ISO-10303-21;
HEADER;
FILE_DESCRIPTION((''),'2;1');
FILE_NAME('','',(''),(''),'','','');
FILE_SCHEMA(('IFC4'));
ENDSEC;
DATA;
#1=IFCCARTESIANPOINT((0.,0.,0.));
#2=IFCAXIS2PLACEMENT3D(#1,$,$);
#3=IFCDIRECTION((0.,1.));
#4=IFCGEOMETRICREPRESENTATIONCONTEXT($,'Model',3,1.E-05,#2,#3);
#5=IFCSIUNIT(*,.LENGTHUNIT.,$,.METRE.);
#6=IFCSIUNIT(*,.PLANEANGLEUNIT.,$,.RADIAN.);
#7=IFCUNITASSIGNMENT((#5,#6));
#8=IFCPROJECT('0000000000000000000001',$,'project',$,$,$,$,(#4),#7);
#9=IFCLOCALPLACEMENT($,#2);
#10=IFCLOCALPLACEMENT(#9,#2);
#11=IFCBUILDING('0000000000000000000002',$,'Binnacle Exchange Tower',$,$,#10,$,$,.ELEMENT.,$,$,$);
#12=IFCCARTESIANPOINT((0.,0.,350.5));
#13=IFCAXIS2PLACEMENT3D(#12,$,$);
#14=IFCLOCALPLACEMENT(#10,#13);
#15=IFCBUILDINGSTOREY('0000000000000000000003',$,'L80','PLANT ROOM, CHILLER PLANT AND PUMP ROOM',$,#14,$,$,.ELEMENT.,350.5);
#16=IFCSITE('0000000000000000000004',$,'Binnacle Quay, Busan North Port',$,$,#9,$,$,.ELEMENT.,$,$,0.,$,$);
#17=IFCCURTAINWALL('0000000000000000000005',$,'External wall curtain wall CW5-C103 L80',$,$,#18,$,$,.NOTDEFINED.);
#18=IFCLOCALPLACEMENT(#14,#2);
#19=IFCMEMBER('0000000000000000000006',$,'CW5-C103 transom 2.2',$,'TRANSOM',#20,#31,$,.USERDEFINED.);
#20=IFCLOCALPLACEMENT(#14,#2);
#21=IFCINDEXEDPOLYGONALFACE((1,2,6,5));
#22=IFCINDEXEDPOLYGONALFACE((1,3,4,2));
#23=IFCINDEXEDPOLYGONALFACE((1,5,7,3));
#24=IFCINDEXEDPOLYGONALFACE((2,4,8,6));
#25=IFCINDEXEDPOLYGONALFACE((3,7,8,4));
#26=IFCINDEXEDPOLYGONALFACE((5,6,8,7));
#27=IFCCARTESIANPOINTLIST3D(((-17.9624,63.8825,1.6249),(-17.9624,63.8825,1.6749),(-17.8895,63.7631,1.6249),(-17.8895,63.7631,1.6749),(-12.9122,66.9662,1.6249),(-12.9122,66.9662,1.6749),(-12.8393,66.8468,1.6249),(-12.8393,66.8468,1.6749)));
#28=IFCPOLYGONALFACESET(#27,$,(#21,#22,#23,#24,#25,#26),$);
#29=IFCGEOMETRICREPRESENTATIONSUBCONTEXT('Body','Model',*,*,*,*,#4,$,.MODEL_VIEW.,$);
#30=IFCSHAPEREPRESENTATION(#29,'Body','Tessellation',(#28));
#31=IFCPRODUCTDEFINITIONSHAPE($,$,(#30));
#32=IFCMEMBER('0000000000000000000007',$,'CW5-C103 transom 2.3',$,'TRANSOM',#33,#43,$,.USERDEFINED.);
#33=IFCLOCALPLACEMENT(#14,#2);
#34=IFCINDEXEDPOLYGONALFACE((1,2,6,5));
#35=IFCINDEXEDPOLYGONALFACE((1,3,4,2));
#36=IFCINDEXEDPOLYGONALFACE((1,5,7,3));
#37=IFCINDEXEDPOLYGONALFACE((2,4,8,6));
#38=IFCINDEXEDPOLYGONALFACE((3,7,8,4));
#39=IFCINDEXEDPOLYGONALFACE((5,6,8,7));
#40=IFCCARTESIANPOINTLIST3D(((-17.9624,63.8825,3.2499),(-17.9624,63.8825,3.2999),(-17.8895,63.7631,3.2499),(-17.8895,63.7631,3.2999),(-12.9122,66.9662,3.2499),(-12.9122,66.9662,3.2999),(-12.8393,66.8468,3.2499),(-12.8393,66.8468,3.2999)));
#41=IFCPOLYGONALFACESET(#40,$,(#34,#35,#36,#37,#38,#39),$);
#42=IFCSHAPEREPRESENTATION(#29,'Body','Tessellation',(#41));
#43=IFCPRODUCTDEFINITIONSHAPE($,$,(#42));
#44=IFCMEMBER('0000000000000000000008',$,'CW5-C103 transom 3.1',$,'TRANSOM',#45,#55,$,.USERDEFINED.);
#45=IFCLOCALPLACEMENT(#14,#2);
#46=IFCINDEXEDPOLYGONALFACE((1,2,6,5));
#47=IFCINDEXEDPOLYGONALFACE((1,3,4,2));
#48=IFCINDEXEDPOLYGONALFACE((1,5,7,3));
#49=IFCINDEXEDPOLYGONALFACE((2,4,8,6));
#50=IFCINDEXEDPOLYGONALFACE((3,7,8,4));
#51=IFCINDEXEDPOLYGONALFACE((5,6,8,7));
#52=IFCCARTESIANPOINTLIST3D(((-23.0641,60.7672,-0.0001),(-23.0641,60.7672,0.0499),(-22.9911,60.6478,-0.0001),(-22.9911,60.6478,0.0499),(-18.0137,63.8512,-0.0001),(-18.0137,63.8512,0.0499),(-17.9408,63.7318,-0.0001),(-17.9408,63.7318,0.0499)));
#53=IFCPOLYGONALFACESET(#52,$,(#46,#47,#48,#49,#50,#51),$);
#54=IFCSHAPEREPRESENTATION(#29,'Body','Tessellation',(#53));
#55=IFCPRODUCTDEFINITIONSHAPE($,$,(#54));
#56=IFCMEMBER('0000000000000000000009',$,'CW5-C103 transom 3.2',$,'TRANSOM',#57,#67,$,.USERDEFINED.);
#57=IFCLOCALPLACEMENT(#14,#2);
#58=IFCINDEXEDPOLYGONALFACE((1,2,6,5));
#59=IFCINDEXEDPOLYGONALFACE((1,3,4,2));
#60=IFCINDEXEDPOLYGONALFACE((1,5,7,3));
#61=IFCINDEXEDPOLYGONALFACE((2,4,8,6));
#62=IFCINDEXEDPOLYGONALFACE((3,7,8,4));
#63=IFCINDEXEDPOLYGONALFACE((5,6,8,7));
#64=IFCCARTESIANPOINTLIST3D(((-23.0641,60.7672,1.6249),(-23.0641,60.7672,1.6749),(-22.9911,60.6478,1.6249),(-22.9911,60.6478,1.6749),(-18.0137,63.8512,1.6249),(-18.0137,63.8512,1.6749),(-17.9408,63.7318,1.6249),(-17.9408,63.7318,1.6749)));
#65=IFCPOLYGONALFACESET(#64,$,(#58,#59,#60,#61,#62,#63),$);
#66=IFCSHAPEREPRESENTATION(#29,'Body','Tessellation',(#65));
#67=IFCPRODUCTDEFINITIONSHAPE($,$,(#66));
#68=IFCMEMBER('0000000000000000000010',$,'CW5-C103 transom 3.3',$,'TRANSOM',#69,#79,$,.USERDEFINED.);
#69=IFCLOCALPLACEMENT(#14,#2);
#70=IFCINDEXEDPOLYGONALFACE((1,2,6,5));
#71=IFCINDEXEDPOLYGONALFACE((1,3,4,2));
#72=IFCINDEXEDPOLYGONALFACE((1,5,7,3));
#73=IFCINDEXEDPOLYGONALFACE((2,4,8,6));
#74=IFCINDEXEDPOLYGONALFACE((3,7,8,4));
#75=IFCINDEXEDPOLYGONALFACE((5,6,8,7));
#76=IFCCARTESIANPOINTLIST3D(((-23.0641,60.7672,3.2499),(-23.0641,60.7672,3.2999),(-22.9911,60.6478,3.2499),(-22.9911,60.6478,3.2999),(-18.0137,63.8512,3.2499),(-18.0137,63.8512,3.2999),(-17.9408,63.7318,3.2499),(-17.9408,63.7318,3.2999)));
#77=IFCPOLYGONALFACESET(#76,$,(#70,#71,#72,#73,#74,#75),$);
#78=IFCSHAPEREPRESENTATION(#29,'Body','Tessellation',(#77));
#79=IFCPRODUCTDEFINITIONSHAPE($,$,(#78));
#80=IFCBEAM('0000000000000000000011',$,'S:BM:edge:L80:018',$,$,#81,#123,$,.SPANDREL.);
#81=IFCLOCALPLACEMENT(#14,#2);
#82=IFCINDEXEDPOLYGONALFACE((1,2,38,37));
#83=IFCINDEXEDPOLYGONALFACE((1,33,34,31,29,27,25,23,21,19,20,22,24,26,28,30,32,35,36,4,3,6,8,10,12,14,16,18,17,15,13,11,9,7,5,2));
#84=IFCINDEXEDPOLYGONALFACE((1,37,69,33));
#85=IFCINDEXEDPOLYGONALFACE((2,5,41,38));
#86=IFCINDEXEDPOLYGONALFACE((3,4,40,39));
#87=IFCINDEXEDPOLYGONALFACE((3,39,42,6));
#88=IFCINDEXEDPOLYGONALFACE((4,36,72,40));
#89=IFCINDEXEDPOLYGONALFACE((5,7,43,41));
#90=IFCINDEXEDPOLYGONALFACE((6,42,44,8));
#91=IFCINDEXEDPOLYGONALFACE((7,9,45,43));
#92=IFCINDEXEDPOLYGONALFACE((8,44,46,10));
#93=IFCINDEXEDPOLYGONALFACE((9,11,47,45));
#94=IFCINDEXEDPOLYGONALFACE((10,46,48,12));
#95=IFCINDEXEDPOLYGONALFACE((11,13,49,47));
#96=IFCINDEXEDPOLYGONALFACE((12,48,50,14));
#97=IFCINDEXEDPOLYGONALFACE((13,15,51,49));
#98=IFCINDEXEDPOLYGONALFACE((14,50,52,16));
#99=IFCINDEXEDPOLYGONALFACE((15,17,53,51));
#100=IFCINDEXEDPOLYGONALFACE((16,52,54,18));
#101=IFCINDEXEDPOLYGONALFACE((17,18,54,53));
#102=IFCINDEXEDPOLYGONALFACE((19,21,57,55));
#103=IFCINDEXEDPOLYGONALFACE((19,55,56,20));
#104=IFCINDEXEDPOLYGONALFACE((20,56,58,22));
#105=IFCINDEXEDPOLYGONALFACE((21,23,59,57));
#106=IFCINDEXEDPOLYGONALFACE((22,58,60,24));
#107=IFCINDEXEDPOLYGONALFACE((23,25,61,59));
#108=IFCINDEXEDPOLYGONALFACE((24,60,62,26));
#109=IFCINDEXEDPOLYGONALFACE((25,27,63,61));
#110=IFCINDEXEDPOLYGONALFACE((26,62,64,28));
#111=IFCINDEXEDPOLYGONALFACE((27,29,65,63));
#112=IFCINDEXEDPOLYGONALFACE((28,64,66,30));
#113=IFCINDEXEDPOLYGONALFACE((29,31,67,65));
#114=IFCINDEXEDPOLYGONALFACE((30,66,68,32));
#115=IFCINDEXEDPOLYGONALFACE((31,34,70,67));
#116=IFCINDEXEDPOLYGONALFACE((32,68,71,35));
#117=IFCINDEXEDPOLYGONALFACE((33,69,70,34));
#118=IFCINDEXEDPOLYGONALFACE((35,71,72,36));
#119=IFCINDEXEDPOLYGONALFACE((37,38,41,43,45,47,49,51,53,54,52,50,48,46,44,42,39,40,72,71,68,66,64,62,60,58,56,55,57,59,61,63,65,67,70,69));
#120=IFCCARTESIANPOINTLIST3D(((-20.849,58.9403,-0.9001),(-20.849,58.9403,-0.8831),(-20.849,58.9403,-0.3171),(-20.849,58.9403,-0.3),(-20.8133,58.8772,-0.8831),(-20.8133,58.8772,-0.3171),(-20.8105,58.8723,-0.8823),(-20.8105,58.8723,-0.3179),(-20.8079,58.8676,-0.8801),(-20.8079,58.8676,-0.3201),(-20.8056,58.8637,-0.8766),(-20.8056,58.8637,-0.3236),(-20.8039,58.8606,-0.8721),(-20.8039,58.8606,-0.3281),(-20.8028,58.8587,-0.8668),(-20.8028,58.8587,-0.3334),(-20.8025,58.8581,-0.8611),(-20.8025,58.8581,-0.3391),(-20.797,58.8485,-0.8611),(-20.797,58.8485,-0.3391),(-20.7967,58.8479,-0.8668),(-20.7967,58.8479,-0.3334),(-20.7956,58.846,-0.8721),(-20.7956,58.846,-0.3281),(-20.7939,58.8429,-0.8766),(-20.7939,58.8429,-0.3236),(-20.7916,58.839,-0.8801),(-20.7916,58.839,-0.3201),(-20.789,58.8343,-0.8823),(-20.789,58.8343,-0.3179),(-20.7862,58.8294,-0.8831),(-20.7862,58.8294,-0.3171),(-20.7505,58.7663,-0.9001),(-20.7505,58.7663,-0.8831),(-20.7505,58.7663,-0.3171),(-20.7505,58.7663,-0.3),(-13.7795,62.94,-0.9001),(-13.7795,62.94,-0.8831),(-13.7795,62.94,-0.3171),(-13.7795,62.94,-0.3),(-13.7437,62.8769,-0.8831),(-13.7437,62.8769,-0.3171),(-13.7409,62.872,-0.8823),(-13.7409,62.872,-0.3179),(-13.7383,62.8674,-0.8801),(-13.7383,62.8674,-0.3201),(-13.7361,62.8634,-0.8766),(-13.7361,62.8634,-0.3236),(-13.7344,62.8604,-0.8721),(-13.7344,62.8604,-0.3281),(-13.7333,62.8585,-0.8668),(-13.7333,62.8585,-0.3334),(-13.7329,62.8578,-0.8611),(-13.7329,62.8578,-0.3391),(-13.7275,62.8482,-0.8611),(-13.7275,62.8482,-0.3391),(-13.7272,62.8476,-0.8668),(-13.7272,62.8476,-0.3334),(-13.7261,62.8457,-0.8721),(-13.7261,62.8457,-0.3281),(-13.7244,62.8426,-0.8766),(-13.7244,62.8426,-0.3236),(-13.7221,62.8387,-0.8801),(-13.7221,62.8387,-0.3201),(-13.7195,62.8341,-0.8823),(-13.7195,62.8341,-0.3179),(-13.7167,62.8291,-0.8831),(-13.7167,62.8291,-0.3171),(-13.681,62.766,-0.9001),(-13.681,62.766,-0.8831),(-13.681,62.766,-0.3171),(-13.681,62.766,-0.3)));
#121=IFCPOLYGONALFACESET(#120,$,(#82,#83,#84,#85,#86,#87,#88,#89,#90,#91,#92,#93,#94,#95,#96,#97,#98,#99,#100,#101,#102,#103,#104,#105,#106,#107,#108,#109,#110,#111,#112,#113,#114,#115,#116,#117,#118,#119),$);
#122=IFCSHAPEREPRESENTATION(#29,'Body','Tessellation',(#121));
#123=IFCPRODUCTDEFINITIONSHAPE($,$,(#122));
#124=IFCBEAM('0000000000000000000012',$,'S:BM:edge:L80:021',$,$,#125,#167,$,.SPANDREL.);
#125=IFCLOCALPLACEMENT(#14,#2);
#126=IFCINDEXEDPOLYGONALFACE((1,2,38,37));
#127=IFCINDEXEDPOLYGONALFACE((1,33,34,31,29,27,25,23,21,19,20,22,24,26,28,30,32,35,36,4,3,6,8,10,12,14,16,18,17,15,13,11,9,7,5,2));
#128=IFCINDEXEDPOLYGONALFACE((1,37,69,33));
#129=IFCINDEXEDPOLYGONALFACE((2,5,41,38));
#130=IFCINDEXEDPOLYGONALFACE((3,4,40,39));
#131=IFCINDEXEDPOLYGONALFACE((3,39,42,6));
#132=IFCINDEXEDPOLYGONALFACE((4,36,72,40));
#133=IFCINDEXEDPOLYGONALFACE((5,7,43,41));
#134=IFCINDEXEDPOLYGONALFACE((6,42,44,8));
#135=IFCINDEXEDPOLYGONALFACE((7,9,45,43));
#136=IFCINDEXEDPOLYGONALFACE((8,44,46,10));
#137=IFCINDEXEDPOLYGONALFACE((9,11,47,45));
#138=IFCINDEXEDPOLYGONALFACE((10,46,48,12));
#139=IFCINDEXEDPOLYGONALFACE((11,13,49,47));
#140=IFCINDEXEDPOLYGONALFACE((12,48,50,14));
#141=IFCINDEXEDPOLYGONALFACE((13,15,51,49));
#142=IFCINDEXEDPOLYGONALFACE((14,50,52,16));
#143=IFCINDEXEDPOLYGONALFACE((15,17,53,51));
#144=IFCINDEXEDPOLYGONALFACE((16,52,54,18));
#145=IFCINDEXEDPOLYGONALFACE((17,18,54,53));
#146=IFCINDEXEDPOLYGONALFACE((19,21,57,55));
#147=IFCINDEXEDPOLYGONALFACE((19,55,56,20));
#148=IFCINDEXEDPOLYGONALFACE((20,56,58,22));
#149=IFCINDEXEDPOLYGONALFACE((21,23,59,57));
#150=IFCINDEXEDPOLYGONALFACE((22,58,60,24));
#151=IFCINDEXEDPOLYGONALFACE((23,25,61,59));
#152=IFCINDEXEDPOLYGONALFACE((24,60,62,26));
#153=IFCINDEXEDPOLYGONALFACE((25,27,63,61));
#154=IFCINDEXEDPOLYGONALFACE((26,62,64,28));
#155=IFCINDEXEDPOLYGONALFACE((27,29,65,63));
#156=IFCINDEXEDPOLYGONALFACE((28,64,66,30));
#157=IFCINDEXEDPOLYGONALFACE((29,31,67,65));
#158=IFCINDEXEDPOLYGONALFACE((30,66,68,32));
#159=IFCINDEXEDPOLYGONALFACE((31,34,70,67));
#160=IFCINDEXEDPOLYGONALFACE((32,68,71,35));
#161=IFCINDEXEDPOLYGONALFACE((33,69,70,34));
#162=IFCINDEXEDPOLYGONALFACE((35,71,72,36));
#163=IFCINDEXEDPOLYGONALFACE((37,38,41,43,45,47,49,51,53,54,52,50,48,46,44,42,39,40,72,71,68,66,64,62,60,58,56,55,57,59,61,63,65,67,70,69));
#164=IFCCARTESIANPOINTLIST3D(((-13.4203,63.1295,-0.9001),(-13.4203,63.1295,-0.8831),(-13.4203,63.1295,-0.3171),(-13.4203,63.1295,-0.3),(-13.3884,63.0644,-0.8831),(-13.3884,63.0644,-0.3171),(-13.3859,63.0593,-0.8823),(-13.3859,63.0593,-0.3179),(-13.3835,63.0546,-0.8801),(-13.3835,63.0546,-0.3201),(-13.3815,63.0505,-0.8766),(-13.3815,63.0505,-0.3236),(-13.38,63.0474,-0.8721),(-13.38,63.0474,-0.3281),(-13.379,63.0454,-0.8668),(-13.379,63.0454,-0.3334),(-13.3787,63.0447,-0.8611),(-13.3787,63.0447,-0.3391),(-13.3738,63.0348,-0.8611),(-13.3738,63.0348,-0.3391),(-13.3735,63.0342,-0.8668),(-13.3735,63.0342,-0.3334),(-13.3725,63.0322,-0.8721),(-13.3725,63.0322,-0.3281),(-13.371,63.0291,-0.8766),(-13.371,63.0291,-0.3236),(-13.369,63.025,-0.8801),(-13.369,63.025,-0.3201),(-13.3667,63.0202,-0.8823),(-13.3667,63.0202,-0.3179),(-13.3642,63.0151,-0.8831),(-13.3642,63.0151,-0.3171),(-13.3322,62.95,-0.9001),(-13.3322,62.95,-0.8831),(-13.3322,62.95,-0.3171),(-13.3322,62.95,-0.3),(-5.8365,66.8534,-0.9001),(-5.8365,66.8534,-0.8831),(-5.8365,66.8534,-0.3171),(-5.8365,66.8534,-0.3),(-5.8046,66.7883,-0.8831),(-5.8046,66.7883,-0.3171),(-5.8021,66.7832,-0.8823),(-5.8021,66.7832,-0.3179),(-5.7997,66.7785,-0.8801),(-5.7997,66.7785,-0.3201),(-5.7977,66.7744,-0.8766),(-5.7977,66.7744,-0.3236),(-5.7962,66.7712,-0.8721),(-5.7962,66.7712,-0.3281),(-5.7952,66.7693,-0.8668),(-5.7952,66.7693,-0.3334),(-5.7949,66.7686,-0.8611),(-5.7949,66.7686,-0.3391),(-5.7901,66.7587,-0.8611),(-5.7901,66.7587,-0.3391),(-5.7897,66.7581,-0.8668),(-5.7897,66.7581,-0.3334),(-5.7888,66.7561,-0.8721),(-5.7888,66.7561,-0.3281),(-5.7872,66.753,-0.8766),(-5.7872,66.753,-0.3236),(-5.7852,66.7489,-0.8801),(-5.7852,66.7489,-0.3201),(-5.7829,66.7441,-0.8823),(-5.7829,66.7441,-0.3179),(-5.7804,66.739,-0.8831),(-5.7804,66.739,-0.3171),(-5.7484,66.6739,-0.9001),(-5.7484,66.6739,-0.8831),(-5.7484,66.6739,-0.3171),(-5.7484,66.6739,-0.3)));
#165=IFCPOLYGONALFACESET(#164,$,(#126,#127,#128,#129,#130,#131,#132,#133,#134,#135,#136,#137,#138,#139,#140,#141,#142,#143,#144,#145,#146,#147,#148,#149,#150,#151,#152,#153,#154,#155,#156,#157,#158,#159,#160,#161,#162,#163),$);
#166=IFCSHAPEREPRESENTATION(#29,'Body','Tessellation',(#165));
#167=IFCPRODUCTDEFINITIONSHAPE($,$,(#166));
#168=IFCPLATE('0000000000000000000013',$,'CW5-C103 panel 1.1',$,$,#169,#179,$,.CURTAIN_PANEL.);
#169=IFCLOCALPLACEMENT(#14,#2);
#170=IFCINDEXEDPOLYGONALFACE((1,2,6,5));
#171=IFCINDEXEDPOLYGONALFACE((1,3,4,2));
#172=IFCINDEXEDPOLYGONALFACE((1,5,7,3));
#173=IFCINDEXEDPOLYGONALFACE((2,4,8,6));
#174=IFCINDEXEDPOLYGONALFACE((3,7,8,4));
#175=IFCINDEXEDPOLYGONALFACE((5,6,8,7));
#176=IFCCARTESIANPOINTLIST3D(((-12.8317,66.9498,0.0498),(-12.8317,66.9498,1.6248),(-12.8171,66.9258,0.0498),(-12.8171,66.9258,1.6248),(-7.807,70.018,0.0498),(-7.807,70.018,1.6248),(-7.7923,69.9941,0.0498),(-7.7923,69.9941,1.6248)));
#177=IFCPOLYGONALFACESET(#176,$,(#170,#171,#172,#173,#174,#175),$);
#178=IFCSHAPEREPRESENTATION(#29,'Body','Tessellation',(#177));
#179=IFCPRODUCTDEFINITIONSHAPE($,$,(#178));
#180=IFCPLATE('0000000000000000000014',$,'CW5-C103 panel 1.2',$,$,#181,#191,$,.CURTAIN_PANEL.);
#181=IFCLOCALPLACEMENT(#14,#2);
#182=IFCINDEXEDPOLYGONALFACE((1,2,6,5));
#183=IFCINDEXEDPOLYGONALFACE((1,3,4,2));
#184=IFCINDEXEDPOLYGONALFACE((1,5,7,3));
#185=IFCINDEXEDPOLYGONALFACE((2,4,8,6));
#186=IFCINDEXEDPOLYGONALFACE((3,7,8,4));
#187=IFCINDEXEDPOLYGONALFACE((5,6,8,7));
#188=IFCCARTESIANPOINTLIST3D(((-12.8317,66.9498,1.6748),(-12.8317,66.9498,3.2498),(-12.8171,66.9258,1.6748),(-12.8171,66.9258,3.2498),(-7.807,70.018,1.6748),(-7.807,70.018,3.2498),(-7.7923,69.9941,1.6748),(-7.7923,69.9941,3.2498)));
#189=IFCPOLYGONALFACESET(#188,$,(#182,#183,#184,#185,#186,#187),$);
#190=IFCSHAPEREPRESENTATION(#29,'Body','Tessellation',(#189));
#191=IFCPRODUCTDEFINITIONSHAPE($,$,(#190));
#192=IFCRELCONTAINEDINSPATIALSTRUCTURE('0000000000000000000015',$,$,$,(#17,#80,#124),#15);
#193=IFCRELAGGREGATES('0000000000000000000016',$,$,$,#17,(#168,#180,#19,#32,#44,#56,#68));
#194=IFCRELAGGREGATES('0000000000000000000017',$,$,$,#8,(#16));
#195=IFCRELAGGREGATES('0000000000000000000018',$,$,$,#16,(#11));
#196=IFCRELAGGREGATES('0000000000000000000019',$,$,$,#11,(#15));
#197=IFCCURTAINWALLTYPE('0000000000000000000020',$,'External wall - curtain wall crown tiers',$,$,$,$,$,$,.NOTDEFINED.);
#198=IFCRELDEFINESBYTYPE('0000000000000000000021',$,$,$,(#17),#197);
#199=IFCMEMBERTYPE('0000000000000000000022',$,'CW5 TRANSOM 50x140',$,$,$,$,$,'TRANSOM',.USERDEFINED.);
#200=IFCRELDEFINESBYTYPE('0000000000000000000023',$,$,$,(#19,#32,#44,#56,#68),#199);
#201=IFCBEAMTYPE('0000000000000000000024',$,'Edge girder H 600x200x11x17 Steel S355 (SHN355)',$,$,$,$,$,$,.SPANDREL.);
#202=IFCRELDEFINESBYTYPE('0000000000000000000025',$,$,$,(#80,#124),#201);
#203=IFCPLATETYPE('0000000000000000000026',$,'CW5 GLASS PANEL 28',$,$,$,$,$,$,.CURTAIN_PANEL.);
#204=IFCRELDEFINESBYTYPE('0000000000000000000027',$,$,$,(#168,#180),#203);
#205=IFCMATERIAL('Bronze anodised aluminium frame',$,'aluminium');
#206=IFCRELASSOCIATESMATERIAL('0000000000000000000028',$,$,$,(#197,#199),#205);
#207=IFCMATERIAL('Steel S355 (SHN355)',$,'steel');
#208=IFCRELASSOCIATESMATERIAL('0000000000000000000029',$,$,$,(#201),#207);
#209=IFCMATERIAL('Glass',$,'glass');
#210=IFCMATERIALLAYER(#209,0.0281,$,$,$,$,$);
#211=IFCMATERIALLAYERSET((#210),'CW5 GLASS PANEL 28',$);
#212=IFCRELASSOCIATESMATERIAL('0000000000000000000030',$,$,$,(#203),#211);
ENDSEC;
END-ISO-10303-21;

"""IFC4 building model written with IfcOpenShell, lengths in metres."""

from ifc_helpers import new_model, si_unit, direction, frame, origin, origin_2d, place, context, subcontext, project, spatial, rectangle, i_section, extrude, material, layer, layer_set, material_profile, profile_set, type_object, element, aggregate, save


model = new_model("IFC4")

# Units and contexts
model_context = context("Model", 3, precision=1e-05, world=origin(), true_north=direction((0.0, 1.0)))
body_context = subcontext(model_context, "Body", "Model", "MODEL_VIEW")
ifc_project = project(units=[si_unit("LENGTHUNIT", "METRE"), si_unit("PLANEANGLEUNIT", "RADIAN")], contexts=[model_context])

# Site, building, storey
site_placement = place(None, origin())
site = spatial("IfcSite", under=ifc_project, at=site_placement, Name="Binnacle Quay, Busan North Port", CompositionType="ELEMENT", RefElevation=0.0)
building_placement = place(site_placement, origin())
building = spatial("IfcBuilding", under=site, at=building_placement, Name="Binnacle Exchange Tower", CompositionType="ELEMENT")
storey_placement = place(building_placement, frame((0.0, 0.0, 350.5)))
storey = spatial("IfcBuildingStorey", under=building, at=storey_placement, Name="L80", Description="PLANT ROOM, CHILLER PLANT AND PUMP ROOM", CompositionType="ELEMENT", Elevation=350.5)

# Shared definitions
ifc_material_1 = material(Name="Steel S355 (SHN355)", Category="steel")

# Curtain wall, members
ifc_material_2 = material(Name="Bronze anodised aluminium frame", Category="aluminium")
curtain_wall_type = type_object("IfcCurtainWallType", Name="External wall - curtain wall crown tiers", PredefinedType="NOTDEFINED", material=ifc_material_2)
curtain_wall_placement = place(storey_placement, origin())
curtain_wall = element("IfcCurtainWall", 1, at=curtain_wall_placement, inside=storey, type_object=curtain_wall_type, Name="External wall curtain wall CW5-C103 L80", PredefinedType="NOTDEFINED")
ifc_material_profile_1 = material_profile(ifc_material_2, rectangle(XDim=0.1399, YDim=0.05, at=origin_2d()), Name="AL 140x50")
ifc_profile_set_1 = profile_set([ifc_material_profile_1], Name="Bronze anodised aluminium frame")
member_type_1 = type_object("IfcMemberType", Name="CW5 TRANSOM 50x140", ElementType="TRANSOM", PredefinedType="USERDEFINED", material=ifc_profile_set_1)
member_1_placement = place(storey_placement, frame((-12.8757, 66.9065, 1.6499), z_axis=(-0.853474, -0.521136, 0.0), x_axis=(0.521136, -0.853474, 0.0)))
member_1 = element("IfcMember", 2, at=member_1_placement, type_object=member_type_1, Name="CW5-C103 transom 2.2", ObjectType="TRANSOM", PredefinedType="USERDEFINED", context=body_context, shape_type="SweptSolid", body=[
    extrude(rectangle(XDim=0.1399, YDim=0.05, at=origin_2d()), origin(), (0.0, 0.0, 1.0), 5.9172),
])
member_2_placement = place(storey_placement, frame((-12.8757, 66.9065, 3.2749), z_axis=(-0.853474, -0.521136, 0.0), x_axis=(0.521136, -0.853474, 0.0)))
member_2 = element("IfcMember", 3, at=member_2_placement, type_object=member_type_1, Name="CW5-C103 transom 2.3", ObjectType="TRANSOM", PredefinedType="USERDEFINED", context=body_context, shape_type="SweptSolid", body=[
    extrude(rectangle(XDim=0.1399, YDim=0.05, at=origin_2d()), origin(), (0.0, 0.0, 1.0), 5.9172),
])
member_3_placement = place(storey_placement, frame((-17.9773, 63.7915, 0.0249), z_axis=(-0.853455, -0.521166, 0.0), x_axis=(0.521166, -0.853455, 0.0)))
member_3 = element("IfcMember", 4, at=member_3_placement, type_object=member_type_1, Name="CW5-C103 transom 3.1", ObjectType="TRANSOM", PredefinedType="USERDEFINED", context=body_context, shape_type="SweptSolid", body=[
    extrude(rectangle(XDim=0.1399, YDim=0.05, at=origin_2d()), origin(), (0.0, 0.0, 1.0), 5.9175),
])
member_4_placement = place(storey_placement, frame((-17.9773, 63.7915, 1.6499), z_axis=(-0.853455, -0.521166, 0.0), x_axis=(0.521166, -0.853455, 0.0)))
member_4 = element("IfcMember", 5, at=member_4_placement, type_object=member_type_1, Name="CW5-C103 transom 3.2", ObjectType="TRANSOM", PredefinedType="USERDEFINED", context=body_context, shape_type="SweptSolid", body=[
    extrude(rectangle(XDim=0.1399, YDim=0.05, at=origin_2d()), origin(), (0.0, 0.0, 1.0), 5.9175),
])
member_5_placement = place(storey_placement, frame((-17.9773, 63.7915, 3.2749), z_axis=(-0.853455, -0.521166, 0.0), x_axis=(0.521166, -0.853455, 0.0)))
member_5 = element("IfcMember", 6, at=member_5_placement, type_object=member_type_1, Name="CW5-C103 transom 3.3", ObjectType="TRANSOM", PredefinedType="USERDEFINED", context=body_context, shape_type="SweptSolid", body=[
    extrude(rectangle(XDim=0.1399, YDim=0.05, at=origin_2d()), origin(), (0.0, 0.0, 1.0), 5.9175),
])

# Beams
ifc_material_profile_2 = material_profile(ifc_material_1, i_section(OverallWidth=0.2, OverallDepth=0.6001, WebThickness=0.011, FlangeThickness=0.0171, FilletRadius=0.022, at=origin_2d()), Name="H 600x200x11x17")
ifc_profile_set_2 = profile_set([ifc_material_profile_2], Name="Steel S355 (SHN355)")
beam_type = type_object("IfcBeamType", Name="Edge girder H 600x200x11x17 Steel S355 (SHN355)", PredefinedType="SPANDREL", material=ifc_profile_set_2)
beam_1_placement = place(storey_placement, frame((-13.7302, 62.853, -0.6001), z_axis=(-0.870357, -0.492422, 0.0), x_axis=(0.492422, -0.870357, 0.0)))
element("IfcBeam", 7, at=beam_1_placement, inside=storey, type_object=beam_type, Name="S:BM:edge:L80:018", PredefinedType="SPANDREL", context=body_context, shape_type="SweptSolid", body=[
    extrude(i_section(OverallWidth=0.2, OverallDepth=0.6001, WebThickness=0.011, FlangeThickness=0.0171, FilletRadius=0.022, at=origin_2d()), origin(), (0.0, 0.0, 1.0), 8.1226),
])
beam_2_placement = place(storey_placement, frame((-5.7925, 66.7637, -0.6001), z_axis=(-0.897623, -0.440764, 0.0), x_axis=(0.440764, -0.897623, 0.0)))
element("IfcBeam", 8, at=beam_2_placement, inside=storey, type_object=beam_type, Name="S:BM:edge:L80:021", PredefinedType="SPANDREL", context=body_context, shape_type="SweptSolid", body=[
    extrude(i_section(OverallWidth=0.2, OverallDepth=0.6001, WebThickness=0.011, FlangeThickness=0.0171, FilletRadius=0.022, at=origin_2d()), origin(), (0.0, 0.0, 1.0), 8.4487),
])

# Plates
ifc_material_3 = material(Name="Glass", Category="glass")
ifc_layer_1 = layer(ifc_material_3, 0.0281)
ifc_layer_set_1 = layer_set([ifc_layer_1], Name="CW5 GLASS PANEL 28")
plate_type = type_object("IfcPlateType", Name="CW5 GLASS PANEL 28", PredefinedType="CURTAIN_PANEL", material=ifc_layer_set_1)
plate_1_placement = place(storey_placement, frame((-10.312, 68.4719, 0.0498), z_axis=(0.0, 0.0, 1.0), x_axis=(-0.853461, -0.521157, 0.0)))
plate_1 = element("IfcPlate", 9, at=plate_1_placement, type_object=plate_type, Name="CW5-C103 panel 1.1", PredefinedType="CURTAIN_PANEL", context=body_context, shape_type="SweptSolid", body=[
    extrude(rectangle(XDim=5.8875, YDim=0.0281, at=origin_2d()), origin(), (0.0, 0.0, 1.0), 1.575),
])
plate_2_placement = place(storey_placement, frame((-10.312, 68.4719, 1.6748), z_axis=(0.0, 0.0, 1.0), x_axis=(-0.853461, -0.521157, 0.0)))
plate_2 = element("IfcPlate", 10, at=plate_2_placement, type_object=plate_type, Name="CW5-C103 panel 1.2", PredefinedType="CURTAIN_PANEL", context=body_context, shape_type="SweptSolid", body=[
    extrude(rectangle(XDim=5.8875, YDim=0.0281, at=origin_2d()), origin(), (0.0, 0.0, 1.0), 1.575),
])
aggregate(curtain_wall, [plate_1, plate_2, member_1, member_2, member_3, member_4, member_5])

save(model, "model.ifc")
